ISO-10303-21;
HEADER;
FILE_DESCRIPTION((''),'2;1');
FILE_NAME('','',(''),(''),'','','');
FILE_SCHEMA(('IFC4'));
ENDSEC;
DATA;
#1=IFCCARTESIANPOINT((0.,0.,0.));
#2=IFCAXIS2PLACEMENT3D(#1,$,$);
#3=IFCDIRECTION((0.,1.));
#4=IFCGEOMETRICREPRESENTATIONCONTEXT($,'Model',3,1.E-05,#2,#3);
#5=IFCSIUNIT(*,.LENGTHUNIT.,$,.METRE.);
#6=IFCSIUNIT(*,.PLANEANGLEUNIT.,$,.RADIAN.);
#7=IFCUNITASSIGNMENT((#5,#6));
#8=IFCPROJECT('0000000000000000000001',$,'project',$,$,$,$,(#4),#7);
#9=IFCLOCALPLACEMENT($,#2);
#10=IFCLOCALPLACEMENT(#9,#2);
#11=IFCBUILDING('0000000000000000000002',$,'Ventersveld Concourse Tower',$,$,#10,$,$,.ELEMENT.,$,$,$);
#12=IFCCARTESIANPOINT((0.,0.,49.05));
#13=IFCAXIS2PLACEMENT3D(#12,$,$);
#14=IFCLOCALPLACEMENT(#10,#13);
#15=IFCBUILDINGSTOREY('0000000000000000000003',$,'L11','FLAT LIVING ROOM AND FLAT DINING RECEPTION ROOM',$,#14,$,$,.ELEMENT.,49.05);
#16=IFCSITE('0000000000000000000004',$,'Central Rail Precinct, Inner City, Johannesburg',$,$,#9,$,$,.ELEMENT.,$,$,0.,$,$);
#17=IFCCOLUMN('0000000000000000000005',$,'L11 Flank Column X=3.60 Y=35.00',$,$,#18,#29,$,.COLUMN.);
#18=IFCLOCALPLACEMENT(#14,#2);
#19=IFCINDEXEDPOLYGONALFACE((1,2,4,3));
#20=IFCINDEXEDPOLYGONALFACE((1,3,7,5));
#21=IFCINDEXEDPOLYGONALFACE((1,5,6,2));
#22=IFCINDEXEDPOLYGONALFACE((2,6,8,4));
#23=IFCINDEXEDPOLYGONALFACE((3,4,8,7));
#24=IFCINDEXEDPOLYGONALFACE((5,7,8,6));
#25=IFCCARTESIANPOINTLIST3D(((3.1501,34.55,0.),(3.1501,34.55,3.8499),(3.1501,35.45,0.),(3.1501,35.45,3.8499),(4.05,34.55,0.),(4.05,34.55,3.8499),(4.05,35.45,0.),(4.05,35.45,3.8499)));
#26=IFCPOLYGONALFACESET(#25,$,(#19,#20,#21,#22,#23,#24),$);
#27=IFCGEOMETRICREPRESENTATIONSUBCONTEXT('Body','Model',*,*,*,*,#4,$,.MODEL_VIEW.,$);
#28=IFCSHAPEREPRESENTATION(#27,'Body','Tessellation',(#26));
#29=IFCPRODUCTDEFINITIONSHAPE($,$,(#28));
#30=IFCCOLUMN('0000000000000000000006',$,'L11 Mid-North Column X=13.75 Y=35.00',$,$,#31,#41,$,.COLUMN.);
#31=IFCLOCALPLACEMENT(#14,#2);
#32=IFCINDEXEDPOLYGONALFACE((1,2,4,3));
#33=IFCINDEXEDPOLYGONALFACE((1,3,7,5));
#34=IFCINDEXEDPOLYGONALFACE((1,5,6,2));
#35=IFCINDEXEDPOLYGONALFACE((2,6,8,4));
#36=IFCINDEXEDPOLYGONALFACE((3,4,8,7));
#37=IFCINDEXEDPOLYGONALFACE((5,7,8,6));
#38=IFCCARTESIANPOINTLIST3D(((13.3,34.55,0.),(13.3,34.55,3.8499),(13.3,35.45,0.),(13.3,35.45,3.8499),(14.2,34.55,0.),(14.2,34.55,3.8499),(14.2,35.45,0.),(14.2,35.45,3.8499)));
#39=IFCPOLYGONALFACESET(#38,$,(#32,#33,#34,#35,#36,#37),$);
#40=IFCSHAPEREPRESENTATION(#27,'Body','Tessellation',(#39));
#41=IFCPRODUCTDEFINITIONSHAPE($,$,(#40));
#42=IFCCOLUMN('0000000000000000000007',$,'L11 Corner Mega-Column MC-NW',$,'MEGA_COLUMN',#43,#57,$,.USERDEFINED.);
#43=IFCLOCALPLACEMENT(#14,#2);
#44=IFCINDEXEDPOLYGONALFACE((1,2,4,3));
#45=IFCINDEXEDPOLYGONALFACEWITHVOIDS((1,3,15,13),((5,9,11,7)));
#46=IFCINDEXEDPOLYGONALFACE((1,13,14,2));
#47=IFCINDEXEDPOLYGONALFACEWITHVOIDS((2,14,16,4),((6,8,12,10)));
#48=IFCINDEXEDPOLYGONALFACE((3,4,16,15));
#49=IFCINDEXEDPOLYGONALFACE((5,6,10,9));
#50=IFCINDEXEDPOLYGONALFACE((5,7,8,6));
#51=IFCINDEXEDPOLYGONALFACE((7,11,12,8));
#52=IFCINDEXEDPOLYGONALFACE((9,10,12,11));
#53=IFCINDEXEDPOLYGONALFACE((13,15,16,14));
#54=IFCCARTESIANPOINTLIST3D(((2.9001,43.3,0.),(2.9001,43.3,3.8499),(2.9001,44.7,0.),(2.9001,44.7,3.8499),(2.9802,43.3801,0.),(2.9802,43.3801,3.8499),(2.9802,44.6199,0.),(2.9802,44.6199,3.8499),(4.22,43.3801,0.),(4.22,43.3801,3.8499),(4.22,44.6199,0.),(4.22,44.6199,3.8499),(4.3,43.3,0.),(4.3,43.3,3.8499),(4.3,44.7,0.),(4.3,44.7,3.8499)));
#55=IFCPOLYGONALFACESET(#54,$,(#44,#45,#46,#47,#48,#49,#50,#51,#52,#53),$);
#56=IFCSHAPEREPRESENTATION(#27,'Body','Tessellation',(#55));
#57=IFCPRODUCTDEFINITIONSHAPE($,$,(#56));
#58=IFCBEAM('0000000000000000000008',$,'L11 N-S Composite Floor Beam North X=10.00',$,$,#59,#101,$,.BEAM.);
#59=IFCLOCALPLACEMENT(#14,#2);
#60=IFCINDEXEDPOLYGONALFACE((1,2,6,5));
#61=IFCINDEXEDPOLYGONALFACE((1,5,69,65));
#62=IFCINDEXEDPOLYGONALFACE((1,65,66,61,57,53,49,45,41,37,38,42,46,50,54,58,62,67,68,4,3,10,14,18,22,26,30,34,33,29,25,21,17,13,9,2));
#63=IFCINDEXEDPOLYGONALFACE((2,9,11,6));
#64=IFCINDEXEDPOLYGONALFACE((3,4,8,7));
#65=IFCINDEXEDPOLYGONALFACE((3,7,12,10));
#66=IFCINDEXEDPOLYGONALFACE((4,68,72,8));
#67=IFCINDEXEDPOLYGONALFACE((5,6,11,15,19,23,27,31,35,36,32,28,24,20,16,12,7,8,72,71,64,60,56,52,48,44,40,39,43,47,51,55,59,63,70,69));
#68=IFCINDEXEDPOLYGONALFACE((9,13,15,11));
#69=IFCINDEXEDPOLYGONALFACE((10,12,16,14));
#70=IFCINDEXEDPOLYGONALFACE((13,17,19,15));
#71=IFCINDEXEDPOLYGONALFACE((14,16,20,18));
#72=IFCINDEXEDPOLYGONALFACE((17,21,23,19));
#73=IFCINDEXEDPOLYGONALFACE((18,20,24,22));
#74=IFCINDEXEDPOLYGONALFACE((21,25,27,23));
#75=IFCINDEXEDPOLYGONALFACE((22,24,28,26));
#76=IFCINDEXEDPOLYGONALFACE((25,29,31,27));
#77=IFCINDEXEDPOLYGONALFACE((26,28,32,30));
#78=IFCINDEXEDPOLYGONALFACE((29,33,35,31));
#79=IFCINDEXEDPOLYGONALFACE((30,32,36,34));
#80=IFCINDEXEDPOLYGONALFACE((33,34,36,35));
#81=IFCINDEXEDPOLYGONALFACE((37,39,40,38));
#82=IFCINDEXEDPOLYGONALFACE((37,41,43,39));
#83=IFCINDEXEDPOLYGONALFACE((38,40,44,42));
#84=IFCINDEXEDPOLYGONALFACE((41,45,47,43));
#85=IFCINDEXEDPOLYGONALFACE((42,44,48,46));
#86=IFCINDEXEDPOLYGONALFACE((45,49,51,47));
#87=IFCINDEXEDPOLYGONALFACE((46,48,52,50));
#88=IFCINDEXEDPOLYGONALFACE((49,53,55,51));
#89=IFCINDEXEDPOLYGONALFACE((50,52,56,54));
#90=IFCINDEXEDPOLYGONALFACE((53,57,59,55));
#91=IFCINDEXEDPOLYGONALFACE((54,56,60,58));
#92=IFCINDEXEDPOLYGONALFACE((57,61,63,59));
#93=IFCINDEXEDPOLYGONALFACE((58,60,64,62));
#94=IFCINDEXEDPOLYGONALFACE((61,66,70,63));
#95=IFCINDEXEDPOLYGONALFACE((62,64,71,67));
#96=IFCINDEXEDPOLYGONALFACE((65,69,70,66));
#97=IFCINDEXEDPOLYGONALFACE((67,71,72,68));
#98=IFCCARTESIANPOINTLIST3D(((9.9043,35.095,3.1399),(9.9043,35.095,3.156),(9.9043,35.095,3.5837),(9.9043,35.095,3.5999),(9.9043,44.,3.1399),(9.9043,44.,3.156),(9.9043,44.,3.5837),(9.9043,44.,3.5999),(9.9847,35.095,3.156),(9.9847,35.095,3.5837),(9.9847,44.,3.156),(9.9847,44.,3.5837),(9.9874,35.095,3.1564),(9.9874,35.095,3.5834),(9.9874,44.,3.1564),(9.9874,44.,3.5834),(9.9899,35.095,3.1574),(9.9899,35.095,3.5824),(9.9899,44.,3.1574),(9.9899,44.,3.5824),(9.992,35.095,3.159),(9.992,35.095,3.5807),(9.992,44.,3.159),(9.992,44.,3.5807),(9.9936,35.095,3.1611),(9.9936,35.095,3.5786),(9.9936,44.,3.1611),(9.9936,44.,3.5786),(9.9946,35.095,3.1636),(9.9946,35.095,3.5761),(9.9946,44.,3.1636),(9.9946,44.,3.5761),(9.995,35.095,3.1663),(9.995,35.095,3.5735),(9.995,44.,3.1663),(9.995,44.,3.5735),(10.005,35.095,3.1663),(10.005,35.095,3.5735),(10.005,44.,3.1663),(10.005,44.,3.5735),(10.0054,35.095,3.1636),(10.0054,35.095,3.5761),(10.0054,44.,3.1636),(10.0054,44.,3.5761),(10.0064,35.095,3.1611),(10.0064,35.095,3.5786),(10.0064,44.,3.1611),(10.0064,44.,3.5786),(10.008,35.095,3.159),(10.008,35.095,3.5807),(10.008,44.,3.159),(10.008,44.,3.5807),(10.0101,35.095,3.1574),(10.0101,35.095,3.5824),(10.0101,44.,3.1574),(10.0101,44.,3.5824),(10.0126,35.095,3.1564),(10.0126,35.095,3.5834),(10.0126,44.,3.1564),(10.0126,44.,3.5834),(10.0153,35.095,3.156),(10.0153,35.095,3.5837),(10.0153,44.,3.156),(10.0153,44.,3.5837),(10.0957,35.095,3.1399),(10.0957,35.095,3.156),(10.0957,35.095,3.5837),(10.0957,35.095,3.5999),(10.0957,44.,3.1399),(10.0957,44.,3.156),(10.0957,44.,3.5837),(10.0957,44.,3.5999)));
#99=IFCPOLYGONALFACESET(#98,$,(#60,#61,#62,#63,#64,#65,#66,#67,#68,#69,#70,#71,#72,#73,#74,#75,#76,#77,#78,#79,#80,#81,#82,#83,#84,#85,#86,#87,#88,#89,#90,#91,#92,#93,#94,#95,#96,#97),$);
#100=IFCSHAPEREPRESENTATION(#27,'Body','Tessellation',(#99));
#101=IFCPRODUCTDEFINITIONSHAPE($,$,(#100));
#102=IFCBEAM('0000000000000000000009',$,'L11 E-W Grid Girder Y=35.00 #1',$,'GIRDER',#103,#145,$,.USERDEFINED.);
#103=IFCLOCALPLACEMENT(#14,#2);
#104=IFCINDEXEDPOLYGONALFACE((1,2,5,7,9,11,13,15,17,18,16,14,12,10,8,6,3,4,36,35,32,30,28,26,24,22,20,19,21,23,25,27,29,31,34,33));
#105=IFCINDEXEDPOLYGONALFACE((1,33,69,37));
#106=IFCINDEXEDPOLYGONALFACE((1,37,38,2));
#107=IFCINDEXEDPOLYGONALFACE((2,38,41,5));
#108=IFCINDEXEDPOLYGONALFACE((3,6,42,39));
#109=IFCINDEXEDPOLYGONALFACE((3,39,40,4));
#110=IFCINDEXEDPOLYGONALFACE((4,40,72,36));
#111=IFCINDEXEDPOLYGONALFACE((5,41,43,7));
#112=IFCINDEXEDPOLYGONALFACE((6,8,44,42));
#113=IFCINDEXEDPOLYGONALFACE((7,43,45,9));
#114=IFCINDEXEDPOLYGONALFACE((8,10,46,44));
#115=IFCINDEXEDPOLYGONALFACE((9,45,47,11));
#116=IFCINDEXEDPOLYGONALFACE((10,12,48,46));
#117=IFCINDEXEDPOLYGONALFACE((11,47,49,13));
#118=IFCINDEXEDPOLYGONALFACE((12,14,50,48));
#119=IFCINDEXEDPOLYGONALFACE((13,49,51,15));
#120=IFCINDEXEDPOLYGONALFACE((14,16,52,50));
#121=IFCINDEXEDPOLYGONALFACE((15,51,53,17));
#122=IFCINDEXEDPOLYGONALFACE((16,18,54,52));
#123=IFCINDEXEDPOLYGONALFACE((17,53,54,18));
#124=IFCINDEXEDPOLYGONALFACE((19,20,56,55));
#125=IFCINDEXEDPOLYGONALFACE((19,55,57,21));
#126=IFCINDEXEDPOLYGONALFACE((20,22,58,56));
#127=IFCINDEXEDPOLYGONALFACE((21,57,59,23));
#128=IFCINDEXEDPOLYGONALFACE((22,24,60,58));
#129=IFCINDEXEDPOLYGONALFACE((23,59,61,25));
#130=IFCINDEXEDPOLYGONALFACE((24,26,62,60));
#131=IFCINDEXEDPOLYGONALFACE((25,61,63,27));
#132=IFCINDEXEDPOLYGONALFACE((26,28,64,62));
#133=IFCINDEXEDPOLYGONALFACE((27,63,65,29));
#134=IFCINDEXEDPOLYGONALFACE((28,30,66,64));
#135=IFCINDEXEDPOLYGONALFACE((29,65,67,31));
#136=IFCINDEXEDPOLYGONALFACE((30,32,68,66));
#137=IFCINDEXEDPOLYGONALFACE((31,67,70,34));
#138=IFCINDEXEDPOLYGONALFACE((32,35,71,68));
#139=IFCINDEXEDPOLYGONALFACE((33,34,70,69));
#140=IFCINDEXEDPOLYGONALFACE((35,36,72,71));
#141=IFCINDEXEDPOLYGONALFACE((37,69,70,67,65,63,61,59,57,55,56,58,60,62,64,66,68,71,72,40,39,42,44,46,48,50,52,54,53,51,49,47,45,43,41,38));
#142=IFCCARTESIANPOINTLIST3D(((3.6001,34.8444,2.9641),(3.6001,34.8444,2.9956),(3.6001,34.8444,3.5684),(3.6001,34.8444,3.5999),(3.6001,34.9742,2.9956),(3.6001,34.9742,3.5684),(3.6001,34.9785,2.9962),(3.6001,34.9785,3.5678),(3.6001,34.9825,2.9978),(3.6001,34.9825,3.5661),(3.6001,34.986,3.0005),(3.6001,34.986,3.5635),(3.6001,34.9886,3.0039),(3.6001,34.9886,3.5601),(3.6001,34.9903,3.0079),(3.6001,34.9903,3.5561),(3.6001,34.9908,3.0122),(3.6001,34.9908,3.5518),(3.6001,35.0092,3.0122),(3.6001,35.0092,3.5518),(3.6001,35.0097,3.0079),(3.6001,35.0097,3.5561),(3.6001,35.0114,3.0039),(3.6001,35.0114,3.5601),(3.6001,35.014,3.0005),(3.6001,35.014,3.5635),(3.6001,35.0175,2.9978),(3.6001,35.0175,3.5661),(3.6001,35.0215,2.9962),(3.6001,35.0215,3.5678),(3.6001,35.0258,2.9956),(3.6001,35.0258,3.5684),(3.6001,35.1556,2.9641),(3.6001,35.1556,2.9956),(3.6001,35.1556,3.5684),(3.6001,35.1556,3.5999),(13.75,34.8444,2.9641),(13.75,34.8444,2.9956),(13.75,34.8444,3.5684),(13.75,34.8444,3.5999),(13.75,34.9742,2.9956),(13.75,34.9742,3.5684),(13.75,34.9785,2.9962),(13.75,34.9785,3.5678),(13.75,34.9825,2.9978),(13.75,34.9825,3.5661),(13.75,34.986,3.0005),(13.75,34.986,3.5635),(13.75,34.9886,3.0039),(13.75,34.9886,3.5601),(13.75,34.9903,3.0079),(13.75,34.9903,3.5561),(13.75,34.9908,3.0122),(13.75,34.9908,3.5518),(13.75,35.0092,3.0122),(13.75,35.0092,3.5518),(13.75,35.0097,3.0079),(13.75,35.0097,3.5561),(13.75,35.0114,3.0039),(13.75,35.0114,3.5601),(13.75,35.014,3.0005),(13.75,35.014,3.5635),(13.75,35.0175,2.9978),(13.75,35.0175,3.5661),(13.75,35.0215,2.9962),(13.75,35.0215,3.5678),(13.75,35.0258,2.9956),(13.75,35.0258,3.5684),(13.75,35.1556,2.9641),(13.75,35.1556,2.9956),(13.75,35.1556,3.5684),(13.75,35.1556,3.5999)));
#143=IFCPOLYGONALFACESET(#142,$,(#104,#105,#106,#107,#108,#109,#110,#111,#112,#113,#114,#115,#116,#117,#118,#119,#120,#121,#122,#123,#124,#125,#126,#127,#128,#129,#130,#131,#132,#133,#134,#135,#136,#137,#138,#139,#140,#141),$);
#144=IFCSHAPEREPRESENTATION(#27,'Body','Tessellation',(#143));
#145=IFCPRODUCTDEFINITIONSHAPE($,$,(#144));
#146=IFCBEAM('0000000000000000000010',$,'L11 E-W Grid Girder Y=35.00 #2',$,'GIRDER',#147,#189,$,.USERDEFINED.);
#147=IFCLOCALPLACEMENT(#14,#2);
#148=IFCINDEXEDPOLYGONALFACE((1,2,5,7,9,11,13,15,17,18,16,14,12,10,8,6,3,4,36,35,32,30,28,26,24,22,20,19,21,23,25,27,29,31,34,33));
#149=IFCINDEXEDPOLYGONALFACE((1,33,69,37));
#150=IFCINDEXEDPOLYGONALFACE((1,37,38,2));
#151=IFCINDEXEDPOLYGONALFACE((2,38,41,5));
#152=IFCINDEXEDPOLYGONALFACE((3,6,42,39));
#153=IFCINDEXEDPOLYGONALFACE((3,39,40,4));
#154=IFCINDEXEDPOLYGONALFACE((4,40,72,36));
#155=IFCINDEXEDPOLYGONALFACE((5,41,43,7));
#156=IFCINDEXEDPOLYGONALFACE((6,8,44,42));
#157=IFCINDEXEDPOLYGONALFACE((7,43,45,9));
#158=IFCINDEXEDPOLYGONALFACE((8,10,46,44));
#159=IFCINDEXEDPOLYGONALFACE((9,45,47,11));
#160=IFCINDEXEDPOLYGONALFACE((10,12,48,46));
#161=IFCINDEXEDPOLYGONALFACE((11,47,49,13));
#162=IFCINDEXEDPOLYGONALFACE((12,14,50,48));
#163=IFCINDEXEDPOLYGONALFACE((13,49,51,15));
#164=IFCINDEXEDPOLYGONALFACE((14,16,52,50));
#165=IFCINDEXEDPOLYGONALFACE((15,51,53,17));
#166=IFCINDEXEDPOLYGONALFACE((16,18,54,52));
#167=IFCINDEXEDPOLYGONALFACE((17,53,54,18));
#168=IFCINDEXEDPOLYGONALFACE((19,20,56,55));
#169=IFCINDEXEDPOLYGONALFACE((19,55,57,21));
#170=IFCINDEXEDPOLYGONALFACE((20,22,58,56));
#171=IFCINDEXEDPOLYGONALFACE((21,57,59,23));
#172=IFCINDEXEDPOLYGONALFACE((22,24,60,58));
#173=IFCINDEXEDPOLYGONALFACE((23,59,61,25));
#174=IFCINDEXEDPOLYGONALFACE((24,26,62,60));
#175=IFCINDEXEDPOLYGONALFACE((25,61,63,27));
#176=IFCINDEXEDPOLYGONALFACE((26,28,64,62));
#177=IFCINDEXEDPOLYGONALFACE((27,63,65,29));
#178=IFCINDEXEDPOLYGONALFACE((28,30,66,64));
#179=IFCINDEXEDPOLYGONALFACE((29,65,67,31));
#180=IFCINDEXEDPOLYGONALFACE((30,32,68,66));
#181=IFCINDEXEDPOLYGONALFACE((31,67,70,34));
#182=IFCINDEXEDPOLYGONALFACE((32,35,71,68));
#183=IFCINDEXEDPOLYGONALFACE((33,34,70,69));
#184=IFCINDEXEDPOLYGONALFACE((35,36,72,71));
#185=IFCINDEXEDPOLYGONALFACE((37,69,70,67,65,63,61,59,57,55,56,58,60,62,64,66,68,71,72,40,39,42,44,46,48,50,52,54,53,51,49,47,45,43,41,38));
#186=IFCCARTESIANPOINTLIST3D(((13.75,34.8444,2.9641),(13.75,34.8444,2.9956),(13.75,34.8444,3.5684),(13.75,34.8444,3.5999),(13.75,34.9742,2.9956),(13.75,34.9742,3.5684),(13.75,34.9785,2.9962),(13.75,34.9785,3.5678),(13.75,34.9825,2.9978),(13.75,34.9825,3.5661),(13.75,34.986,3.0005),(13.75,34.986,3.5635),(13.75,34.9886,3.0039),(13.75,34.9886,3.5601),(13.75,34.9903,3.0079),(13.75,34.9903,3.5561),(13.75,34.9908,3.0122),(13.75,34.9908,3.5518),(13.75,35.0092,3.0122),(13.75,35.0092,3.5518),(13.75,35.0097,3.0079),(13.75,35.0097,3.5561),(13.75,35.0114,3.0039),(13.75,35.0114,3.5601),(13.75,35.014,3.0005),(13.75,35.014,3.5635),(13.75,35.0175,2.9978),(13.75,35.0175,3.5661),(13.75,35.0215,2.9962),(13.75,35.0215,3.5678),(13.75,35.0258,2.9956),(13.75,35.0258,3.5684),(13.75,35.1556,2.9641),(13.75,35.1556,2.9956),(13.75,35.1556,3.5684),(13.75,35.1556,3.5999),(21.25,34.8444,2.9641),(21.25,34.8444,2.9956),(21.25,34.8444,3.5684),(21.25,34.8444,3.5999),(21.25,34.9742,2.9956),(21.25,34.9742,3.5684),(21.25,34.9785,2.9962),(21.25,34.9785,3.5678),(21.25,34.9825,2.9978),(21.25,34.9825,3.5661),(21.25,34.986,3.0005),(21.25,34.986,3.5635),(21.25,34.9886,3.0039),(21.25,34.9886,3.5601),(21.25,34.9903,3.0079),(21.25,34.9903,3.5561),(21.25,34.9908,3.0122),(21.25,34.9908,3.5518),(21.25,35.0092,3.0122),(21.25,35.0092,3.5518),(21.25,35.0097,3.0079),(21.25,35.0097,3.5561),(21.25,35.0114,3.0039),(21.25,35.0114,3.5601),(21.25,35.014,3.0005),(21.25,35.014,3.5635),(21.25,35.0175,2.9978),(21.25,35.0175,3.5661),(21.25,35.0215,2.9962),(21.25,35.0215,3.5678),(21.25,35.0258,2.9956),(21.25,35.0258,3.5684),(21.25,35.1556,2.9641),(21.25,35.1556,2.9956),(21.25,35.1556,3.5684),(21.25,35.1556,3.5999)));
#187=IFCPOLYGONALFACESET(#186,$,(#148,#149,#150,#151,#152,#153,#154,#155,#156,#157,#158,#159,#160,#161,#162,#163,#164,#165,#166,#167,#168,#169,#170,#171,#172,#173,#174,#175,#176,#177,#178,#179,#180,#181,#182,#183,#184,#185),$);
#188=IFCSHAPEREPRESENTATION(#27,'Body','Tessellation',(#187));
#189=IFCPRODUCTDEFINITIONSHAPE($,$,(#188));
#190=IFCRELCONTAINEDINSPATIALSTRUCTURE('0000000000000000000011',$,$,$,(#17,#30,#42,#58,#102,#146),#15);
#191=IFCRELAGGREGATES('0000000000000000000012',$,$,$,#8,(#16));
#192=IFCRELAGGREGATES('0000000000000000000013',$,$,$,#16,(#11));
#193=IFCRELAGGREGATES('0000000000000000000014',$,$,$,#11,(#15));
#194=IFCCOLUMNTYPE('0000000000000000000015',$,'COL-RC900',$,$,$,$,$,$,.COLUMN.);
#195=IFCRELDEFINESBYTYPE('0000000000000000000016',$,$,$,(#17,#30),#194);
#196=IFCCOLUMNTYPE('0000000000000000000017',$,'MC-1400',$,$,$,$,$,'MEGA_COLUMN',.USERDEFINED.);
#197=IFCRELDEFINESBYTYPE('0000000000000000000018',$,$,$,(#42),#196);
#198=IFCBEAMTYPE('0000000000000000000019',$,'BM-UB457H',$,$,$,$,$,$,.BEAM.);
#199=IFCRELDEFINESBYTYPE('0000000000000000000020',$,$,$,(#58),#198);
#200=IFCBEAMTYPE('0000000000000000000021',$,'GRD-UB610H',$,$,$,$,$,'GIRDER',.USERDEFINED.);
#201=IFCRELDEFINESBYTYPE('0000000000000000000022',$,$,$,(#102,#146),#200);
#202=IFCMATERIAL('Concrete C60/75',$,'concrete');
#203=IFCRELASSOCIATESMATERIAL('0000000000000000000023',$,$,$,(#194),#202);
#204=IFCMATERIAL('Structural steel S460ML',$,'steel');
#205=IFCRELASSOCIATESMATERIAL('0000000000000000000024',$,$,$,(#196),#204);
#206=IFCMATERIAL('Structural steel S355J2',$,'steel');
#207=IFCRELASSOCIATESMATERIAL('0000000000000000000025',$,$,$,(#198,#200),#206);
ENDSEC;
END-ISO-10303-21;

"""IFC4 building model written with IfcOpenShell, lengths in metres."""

from ifc_helpers import new_model, si_unit, direction, frame, origin, origin_2d, place, context, subcontext, project, spatial, rectangle, hollow_rectangle, i_section, extrude, material, material_profile, profile_set, type_object, element, save


model = new_model("IFC4")

# Units and contexts
model_context = context("Model", 3, precision=1e-05, world=origin(), true_north=direction((0.0, 1.0)))
body_context = subcontext(model_context, "Body", "Model", "MODEL_VIEW")
ifc_project = project(units=[si_unit("LENGTHUNIT", "METRE"), si_unit("PLANEANGLEUNIT", "RADIAN")], contexts=[model_context])

# Site, building, storey
site_placement = place(None, origin())
site = spatial("IfcSite", under=ifc_project, at=site_placement, Name="Central Rail Precinct, Inner City, Johannesburg", CompositionType="ELEMENT", RefElevation=0.0)
building_placement = place(site_placement, origin())
building = spatial("IfcBuilding", under=site, at=building_placement, Name="Ventersveld Concourse Tower", CompositionType="ELEMENT")
storey_placement = place(building_placement, frame((0.0, 0.0, 49.05)))
storey = spatial("IfcBuildingStorey", under=building, at=storey_placement, Name="L11", Description="FLAT LIVING ROOM AND FLAT DINING RECEPTION ROOM", CompositionType="ELEMENT", Elevation=49.05)

# Columns
ifc_material_1 = material(Name="Concrete C60/75", Category="concrete")
ifc_material_profile_1 = material_profile(ifc_material_1, rectangle(XDim=0.8999, YDim=0.8999, at=origin_2d()), Name="RC 900x900")
ifc_profile_set_1 = profile_set([ifc_material_profile_1], Name="Concrete C60/75")
column_type_1 = type_object("IfcColumnType", Name="COL-RC900", PredefinedType="COLUMN", material=ifc_profile_set_1)
for number, where, z_axis, x_axis, name in (
    (1, (3.6001, 35.0, 0.0), (0.0, 0.0, 1.0), (1.0, 0.0, 0.0), "L11 Flank Column X=3.60 Y=35.00"),
    (2, (13.75, 35.0, 0.0), (0.0, 0.0, 1.0), (1.0, 0.0, 0.0), "L11 Mid-North Column X=13.75 Y=35.00"),
):
    element("IfcColumn", number, at=place(storey_placement, frame(where, z_axis=z_axis, x_axis=x_axis)), inside=storey, type_object=column_type_1, Name=name, PredefinedType="COLUMN", context=body_context, shape_type="SweptSolid", body=[
        extrude(rectangle(XDim=0.8999, YDim=0.8999, at=origin_2d()), origin(), (0.0, 0.0, 1.0), 3.8499),
    ])
ifc_material_2 = material(Name="Structural steel S460ML", Category="steel")
ifc_material_profile_2 = material_profile(ifc_material_2, hollow_rectangle(XDim=1.3999, YDim=1.3999, WallThickness=0.0801, at=origin_2d()), Name="BOX 1400x1400x80")
ifc_profile_set_2 = profile_set([ifc_material_profile_2], Name="Structural steel S460ML")
column_type_2 = type_object("IfcColumnType", Name="MC-1400", ElementType="MEGA_COLUMN", PredefinedType="USERDEFINED", material=ifc_profile_set_2)
column_placement = place(storey_placement, frame((3.6001, 44.0, 0.0), z_axis=(0.0, 0.0, 1.0), x_axis=(1.0, 0.0, 0.0)))
element("IfcColumn", 3, at=column_placement, inside=storey, type_object=column_type_2, Name="L11 Corner Mega-Column MC-NW", ObjectType="MEGA_COLUMN", PredefinedType="USERDEFINED", context=body_context, shape_type="SweptSolid", body=[
    extrude(hollow_rectangle(XDim=1.3999, YDim=1.3999, WallThickness=0.0801, at=origin_2d()), origin(), (0.0, 0.0, 1.0), 3.8499),
])

# Beams
ifc_material_3 = material(Name="Structural steel S355J2", Category="steel")
ifc_material_profile_3 = material_profile(ifc_material_3, i_section(OverallWidth=0.1914, OverallDepth=0.46, WebThickness=0.01, FlangeThickness=0.0161, FilletRadius=0.0103, at=origin_2d()), Name="UB 457x191x82")
ifc_profile_set_3 = profile_set([ifc_material_profile_3], Name="Structural steel S355J2")
beam_type_1 = type_object("IfcBeamType", Name="BM-UB457H", PredefinedType="BEAM", material=ifc_profile_set_3)
beam_1_placement = place(storey_placement, frame((10.0, 35.095, 3.3699), z_axis=(0.0, 1.0, 0.0), x_axis=(-1.0, 0.0, 0.0)))
element("IfcBeam", 4, at=beam_1_placement, inside=storey, type_object=beam_type_1, Name="L11 N-S Composite Floor Beam North X=10.00", PredefinedType="BEAM", context=body_context, shape_type="SweptSolid", body=[
    extrude(i_section(OverallWidth=0.1914, OverallDepth=0.46, WebThickness=0.01, FlangeThickness=0.0161, FilletRadius=0.0103, at=origin_2d()), origin(), (0.0, 0.0, 1.0), 8.905),
])
ifc_material_profile_4 = material_profile(ifc_material_3, i_section(OverallWidth=0.3113, OverallDepth=0.6357, WebThickness=0.0183, FlangeThickness=0.0315, FilletRadius=0.0166, at=origin_2d()), Name="UB 610x305x238")
ifc_profile_set_4 = profile_set([ifc_material_profile_4], Name="Structural steel S355J2")
beam_type_2 = type_object("IfcBeamType", Name="GRD-UB610H", ElementType="GIRDER", PredefinedType="USERDEFINED", material=ifc_profile_set_4)
beam_2_placement = place(storey_placement, frame((3.6001, 35.0, 3.282), z_axis=(1.0, 0.0, 0.0), x_axis=(0.0, 1.0, 0.0)))
element("IfcBeam", 5, at=beam_2_placement, inside=storey, type_object=beam_type_2, Name="L11 E-W Grid Girder Y=35.00 #1", ObjectType="GIRDER", PredefinedType="USERDEFINED", context=body_context, shape_type="SweptSolid", body=[
    extrude(i_section(OverallWidth=0.3113, OverallDepth=0.6357, WebThickness=0.0183, FlangeThickness=0.0315, FilletRadius=0.0166, at=origin_2d()), origin(), (0.0, 0.0, 1.0), 10.1499),
])
beam_3_placement = place(storey_placement, frame((13.75, 35.0, 3.282), z_axis=(1.0, 0.0, 0.0), x_axis=(0.0, 1.0, 0.0)))
element("IfcBeam", 6, at=beam_3_placement, inside=storey, type_object=beam_type_2, Name="L11 E-W Grid Girder Y=35.00 #2", ObjectType="GIRDER", PredefinedType="USERDEFINED", context=body_context, shape_type="SweptSolid", body=[
    extrude(i_section(OverallWidth=0.3113, OverallDepth=0.6357, WebThickness=0.0183, FlangeThickness=0.0315, FilletRadius=0.0166, at=origin_2d()), origin(), (0.0, 0.0, 1.0), 7.5),
])

save(model, "model.ifc")
